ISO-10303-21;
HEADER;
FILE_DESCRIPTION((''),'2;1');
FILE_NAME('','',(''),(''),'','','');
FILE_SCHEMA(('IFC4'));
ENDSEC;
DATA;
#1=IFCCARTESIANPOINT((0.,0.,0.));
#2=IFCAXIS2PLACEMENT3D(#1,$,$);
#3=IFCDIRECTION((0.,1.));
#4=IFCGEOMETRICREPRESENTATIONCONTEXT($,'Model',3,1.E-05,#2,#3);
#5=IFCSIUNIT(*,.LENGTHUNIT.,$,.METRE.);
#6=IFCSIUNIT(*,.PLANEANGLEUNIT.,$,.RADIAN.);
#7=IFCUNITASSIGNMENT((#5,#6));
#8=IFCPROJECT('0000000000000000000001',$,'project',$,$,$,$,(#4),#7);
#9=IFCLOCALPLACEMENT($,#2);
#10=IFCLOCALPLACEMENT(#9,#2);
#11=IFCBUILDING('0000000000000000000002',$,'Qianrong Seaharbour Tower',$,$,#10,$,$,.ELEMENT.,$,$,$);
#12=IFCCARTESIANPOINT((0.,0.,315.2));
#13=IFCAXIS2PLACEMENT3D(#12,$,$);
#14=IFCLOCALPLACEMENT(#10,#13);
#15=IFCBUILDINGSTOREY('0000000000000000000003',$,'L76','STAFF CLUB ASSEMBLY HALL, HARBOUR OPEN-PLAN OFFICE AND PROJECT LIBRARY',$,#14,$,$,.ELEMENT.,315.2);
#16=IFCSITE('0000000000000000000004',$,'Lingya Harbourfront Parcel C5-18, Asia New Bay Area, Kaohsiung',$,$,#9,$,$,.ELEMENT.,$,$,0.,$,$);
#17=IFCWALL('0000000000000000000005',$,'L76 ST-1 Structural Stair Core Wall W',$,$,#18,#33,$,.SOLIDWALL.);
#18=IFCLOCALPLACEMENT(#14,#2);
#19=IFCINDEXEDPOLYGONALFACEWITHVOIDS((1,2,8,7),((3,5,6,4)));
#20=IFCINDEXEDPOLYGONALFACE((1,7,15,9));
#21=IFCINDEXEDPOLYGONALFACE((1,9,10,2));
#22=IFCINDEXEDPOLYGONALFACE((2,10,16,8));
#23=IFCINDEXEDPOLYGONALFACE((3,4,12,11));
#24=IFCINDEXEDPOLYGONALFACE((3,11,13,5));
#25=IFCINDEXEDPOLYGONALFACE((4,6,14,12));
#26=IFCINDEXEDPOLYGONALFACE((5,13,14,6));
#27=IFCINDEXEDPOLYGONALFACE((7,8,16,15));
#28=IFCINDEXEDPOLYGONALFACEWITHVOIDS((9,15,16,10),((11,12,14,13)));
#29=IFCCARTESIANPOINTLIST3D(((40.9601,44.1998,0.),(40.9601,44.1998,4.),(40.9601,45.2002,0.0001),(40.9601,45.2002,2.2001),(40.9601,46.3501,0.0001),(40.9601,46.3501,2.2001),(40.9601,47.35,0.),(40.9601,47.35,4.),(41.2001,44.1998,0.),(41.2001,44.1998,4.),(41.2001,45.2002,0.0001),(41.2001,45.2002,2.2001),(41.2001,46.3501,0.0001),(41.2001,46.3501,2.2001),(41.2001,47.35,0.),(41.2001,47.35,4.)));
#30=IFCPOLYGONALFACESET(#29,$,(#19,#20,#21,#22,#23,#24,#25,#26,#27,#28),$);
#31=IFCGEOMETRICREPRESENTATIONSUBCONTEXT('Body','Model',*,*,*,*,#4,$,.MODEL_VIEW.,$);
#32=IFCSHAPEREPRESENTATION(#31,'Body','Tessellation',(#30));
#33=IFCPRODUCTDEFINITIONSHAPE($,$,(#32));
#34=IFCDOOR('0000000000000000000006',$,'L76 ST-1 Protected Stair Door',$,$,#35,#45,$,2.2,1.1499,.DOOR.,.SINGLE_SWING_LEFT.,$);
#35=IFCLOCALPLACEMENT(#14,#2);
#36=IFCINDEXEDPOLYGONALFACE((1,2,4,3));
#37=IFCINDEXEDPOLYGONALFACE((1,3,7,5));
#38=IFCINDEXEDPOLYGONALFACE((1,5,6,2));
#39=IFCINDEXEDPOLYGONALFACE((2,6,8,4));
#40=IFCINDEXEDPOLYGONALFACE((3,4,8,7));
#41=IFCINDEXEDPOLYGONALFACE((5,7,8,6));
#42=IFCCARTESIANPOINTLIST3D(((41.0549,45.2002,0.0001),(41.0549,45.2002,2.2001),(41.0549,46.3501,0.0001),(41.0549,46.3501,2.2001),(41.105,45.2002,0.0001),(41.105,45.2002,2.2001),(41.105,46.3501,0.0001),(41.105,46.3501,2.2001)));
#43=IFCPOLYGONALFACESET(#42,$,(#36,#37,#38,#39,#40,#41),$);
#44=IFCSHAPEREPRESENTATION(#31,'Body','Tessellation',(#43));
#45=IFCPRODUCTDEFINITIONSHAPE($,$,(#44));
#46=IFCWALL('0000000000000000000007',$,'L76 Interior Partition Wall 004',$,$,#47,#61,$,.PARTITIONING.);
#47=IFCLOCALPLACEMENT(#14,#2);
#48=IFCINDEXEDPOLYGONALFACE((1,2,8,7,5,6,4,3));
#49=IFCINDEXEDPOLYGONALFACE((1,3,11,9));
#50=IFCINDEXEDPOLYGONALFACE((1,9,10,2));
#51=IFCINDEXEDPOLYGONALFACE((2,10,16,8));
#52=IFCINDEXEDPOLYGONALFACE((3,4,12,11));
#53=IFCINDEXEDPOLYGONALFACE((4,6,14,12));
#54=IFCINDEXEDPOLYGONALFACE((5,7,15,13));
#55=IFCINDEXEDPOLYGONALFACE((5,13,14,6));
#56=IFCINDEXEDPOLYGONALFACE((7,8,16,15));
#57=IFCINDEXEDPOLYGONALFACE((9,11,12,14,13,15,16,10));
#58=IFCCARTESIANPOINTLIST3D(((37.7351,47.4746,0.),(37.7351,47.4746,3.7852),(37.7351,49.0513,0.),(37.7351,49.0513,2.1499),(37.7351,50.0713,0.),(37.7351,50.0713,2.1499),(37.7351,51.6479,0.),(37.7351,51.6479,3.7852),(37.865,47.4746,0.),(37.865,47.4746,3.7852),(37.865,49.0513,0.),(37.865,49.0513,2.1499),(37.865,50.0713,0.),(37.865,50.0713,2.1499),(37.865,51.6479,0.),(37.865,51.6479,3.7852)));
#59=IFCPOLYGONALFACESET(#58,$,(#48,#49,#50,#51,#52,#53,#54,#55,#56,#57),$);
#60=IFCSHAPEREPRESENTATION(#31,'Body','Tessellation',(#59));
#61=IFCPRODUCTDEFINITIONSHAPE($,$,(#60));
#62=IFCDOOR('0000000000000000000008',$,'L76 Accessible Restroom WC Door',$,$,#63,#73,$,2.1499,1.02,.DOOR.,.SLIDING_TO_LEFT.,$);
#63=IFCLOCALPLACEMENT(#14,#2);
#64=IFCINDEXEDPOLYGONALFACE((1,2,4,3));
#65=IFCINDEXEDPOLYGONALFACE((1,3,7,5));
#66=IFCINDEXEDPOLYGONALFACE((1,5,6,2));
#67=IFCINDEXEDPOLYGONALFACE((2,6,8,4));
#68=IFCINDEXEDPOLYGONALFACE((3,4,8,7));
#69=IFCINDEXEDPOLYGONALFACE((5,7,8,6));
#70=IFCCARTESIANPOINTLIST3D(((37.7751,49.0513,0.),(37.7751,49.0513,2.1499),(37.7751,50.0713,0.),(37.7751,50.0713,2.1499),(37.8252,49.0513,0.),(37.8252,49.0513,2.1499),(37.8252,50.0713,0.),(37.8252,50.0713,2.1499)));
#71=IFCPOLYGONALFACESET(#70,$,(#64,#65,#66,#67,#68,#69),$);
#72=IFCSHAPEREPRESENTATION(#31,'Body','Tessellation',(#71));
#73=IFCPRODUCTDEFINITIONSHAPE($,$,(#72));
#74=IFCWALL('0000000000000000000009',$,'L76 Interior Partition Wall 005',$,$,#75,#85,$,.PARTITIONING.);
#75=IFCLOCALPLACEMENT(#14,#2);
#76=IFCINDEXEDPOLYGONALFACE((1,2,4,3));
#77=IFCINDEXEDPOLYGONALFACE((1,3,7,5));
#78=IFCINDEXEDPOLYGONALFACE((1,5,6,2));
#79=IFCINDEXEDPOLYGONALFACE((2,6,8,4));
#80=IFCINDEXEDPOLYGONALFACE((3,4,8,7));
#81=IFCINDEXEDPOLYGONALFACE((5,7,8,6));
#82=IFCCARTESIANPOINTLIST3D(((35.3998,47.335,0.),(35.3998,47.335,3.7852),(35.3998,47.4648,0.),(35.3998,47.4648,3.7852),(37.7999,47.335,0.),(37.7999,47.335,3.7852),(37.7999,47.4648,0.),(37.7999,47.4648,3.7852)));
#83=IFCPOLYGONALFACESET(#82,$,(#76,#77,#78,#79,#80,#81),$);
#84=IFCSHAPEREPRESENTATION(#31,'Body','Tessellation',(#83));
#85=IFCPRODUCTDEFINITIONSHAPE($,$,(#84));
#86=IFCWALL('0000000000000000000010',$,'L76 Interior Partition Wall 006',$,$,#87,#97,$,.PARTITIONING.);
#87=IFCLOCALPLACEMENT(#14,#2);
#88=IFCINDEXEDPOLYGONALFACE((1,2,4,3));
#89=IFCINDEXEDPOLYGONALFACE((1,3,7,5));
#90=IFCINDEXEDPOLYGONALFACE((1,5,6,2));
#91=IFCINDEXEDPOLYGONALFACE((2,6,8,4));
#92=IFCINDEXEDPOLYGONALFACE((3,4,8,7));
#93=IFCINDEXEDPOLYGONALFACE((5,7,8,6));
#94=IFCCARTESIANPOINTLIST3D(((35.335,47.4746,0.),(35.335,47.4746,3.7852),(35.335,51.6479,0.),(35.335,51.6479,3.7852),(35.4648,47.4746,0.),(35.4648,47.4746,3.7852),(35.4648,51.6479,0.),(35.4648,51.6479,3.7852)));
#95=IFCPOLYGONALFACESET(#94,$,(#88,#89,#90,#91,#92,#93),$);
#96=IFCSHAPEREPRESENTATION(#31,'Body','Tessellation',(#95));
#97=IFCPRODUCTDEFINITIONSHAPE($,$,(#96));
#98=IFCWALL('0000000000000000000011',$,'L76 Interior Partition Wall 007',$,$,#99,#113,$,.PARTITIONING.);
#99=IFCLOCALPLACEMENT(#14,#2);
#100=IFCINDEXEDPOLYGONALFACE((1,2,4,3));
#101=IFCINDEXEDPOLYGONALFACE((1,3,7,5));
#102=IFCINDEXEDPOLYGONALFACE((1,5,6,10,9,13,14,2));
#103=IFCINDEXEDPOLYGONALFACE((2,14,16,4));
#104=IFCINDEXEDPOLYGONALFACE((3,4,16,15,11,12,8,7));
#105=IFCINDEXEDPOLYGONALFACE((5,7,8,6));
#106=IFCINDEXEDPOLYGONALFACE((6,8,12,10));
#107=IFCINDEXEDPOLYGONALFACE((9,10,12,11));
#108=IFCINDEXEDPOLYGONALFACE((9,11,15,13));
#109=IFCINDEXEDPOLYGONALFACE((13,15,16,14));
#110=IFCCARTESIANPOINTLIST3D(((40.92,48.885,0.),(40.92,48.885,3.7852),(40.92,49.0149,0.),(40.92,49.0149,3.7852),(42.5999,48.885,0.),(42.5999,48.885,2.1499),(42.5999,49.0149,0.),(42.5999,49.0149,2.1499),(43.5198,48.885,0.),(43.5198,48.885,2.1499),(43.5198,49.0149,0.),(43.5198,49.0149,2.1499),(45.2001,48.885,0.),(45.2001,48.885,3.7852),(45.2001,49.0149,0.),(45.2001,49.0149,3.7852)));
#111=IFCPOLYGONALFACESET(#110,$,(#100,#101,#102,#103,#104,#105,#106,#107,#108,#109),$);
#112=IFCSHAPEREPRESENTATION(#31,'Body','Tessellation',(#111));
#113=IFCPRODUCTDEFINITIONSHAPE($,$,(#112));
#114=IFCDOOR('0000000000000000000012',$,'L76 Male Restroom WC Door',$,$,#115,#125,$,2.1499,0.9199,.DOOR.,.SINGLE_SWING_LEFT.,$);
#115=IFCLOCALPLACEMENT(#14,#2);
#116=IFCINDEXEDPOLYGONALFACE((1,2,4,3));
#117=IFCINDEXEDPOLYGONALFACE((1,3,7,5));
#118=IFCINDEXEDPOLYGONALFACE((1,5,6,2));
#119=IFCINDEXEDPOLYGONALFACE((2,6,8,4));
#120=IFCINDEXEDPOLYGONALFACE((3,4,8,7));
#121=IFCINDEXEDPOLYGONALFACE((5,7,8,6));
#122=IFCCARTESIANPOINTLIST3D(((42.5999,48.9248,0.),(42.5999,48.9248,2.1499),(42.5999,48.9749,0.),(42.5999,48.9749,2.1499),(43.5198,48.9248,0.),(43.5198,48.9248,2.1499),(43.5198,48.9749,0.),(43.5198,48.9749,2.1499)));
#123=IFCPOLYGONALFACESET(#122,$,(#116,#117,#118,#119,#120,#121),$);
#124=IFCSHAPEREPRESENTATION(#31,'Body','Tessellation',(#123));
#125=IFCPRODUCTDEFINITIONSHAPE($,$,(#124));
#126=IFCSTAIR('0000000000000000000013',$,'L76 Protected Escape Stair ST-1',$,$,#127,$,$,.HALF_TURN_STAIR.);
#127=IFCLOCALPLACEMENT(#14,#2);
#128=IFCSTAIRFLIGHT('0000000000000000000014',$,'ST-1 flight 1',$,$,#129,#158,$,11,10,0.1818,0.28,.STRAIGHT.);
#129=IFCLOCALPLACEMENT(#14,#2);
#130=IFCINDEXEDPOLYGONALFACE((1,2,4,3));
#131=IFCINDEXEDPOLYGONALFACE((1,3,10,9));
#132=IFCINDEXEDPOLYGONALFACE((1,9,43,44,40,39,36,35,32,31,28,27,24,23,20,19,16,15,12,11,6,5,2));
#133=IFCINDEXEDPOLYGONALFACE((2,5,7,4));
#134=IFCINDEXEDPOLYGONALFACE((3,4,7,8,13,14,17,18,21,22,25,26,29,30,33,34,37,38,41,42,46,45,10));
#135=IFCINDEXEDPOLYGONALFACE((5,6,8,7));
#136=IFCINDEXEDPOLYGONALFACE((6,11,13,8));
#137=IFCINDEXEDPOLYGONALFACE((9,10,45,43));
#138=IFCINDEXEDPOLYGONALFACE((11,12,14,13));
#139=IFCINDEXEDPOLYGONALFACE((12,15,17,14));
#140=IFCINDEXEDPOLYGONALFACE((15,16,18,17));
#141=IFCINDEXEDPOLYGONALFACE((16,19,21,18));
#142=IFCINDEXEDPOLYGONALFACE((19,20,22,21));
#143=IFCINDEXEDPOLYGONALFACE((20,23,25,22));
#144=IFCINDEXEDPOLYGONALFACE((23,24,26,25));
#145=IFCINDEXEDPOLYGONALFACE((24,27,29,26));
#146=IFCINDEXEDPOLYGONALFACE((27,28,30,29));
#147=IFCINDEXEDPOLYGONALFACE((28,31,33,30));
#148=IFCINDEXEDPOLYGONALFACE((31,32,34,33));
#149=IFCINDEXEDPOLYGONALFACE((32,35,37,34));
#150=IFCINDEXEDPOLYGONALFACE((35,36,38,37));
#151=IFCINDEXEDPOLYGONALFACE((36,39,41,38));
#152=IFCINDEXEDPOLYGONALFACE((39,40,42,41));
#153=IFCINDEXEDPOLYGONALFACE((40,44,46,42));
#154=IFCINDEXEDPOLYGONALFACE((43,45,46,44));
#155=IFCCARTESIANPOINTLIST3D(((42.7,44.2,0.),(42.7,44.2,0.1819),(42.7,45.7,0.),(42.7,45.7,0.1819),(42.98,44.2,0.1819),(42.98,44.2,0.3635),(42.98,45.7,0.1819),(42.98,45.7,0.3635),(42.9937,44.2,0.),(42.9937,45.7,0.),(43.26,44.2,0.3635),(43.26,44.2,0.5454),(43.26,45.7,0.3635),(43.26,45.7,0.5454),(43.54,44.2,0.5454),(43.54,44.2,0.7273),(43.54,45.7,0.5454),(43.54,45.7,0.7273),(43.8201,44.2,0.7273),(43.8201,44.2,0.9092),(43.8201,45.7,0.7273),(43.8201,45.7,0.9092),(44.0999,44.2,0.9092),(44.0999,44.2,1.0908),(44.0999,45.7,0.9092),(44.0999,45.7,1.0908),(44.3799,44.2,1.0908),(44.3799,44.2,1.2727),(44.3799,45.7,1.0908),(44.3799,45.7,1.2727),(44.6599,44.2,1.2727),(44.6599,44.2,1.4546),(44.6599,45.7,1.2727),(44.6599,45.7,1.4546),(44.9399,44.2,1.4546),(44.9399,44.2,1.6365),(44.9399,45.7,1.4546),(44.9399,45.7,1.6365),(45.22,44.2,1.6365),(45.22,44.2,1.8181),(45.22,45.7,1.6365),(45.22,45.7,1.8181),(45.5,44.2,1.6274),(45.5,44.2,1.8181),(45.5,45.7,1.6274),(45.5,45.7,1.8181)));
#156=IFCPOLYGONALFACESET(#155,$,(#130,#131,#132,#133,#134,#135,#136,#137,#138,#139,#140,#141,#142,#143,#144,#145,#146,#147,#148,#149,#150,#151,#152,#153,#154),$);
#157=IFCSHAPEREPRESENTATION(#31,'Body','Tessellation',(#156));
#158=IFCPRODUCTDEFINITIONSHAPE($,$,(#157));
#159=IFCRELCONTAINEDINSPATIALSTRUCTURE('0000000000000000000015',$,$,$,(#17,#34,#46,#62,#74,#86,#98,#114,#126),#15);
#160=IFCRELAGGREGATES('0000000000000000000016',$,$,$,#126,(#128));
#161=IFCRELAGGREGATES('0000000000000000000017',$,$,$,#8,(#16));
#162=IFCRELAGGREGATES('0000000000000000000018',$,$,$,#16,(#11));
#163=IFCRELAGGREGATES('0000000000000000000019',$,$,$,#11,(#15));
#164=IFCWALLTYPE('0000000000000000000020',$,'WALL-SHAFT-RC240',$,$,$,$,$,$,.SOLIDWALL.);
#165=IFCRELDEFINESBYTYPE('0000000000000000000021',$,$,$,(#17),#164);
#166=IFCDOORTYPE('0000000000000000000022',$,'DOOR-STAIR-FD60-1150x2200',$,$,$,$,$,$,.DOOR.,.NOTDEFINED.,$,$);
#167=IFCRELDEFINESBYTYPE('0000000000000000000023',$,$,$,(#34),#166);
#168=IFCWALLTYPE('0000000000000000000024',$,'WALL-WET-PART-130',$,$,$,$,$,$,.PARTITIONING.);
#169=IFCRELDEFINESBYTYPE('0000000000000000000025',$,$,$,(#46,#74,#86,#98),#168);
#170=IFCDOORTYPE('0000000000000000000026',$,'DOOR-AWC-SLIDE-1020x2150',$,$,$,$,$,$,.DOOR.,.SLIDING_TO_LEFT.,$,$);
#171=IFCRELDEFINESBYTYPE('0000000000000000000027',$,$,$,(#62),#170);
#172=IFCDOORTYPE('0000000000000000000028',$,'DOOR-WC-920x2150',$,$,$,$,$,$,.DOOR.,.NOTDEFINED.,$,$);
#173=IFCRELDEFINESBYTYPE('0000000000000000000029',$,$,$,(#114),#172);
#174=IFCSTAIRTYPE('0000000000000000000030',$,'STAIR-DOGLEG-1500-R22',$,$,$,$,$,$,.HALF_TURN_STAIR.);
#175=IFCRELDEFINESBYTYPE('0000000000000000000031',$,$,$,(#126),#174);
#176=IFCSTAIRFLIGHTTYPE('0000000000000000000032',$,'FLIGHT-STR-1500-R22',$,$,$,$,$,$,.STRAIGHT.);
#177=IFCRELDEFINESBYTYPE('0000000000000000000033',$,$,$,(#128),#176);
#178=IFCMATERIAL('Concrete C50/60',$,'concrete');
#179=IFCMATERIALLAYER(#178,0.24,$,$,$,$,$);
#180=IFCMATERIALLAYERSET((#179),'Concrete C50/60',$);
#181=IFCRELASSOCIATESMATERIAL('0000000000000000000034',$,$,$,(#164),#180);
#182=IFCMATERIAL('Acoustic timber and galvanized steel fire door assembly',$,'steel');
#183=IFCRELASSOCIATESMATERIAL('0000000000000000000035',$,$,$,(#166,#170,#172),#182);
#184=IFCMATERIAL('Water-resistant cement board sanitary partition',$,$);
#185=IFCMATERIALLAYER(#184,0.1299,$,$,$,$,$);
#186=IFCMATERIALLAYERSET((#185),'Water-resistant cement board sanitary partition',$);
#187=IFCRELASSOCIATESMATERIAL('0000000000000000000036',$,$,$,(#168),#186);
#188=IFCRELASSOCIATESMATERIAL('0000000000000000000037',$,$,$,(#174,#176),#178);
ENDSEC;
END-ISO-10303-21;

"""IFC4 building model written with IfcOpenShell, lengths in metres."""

from ifc_helpers import new_model, si_unit, direction, frame, frame_2d, origin, place, context, subcontext, project, spatial, polyline, rectangle, outline, extrude, material, layer, layer_set, type_object, element, fill, aggregate, save


model = new_model("IFC4")

# Units and contexts
model_context = context("Model", 3, precision=1e-05, world=origin(), true_north=direction((0.0, 1.0)))
body_context = subcontext(model_context, "Body", "Model", "MODEL_VIEW")
ifc_project = project(units=[si_unit("LENGTHUNIT", "METRE"), si_unit("PLANEANGLEUNIT", "RADIAN")], contexts=[model_context])

# Site, building, storey
site_placement = place(None, origin())
site = spatial("IfcSite", under=ifc_project, at=site_placement, Name="Lingya Harbourfront Parcel C5-18, Asia New Bay Area, Kaohsiung", CompositionType="ELEMENT", RefElevation=0.0)
building_placement = place(site_placement, origin())
building = spatial("IfcBuilding", under=site, at=building_placement, Name="Qianrong Seaharbour Tower", CompositionType="ELEMENT")
storey_placement = place(building_placement, frame((0.0, 0.0, 315.2)))
storey = spatial("IfcBuildingStorey", under=building, at=storey_placement, Name="L76", Description="STAFF CLUB ASSEMBLY HALL, HARBOUR OPEN-PLAN OFFICE AND PROJECT LIBRARY", CompositionType="ELEMENT", Elevation=315.2)

# Shared definitions
ifc_material_1 = material(Name="Concrete C50/60", Category="concrete")

# Shared definitions
ifc_material_2 = material(Name="Acoustic timber and galvanized steel fire door assembly", Category="steel")

# Shared definitions
ifc_layer_1 = layer(ifc_material_1, 0.24)
ifc_layer_set_1 = layer_set([ifc_layer_1], Name="Concrete C50/60")
wall_type_1 = type_object("IfcWallType", Name="WALL-SHAFT-RC240", PredefinedType="SOLIDWALL", material=ifc_layer_set_1)

# Walls, openings, doors
wall_1_placement = place(storey_placement, frame((41.0801, 47.3501, 0.0), z_axis=(0.0, 0.0, 1.0), x_axis=(0.0, -1.0, 0.0)))
wall_1 = element("IfcWall", 1, at=wall_1_placement, inside=storey, type_object=wall_type_1, Name="L76 ST-1 Structural Stair Core Wall W", PredefinedType="SOLIDWALL", context=body_context, shape_type="SweptSolid", body=[
    extrude(rectangle(XDim=3.1501, YDim=0.24, at=frame_2d((1.5752, 0.0))), origin(), (0.0, 0.0, 1.0), 4.0),
])
opening_1_placement = place(wall_1_placement, frame((1.0, 0.0, 0.0)))
opening_1 = element("IfcOpeningElement", 2, at=opening_1_placement, cuts=wall_1, PredefinedType="OPENING", context=body_context, shape_type="SweptSolid", body=[
    extrude(rectangle(XDim=1.1499, YDim=2.2, at=frame_2d((0.575, 1.1001))), frame((0.0, 0.1299, 0.0), z_axis=(0.0, -1.0, 0.0), x_axis=(1.0, 0.0, 0.0)), (0.0, 0.0, 1.0), 0.26),
])
door_type_1 = type_object("IfcDoorType", Name="DOOR-STAIR-FD60-1150x2200", OperationType="NOTDEFINED", PredefinedType="DOOR", material=ifc_material_2)
door_1_placement = place(opening_1_placement, origin())
door_1 = element("IfcDoor", 3, at=door_1_placement, inside=storey, type_object=door_type_1, Name="L76 ST-1 Protected Stair Door", OperationType="SINGLE_SWING_LEFT", OverallHeight=2.2, OverallWidth=1.1499, PredefinedType="DOOR", context=body_context, shape_type="SweptSolid", body=[
    extrude(rectangle(XDim=1.1499, YDim=2.2, at=frame_2d((0.575, 1.1001))), frame((0.0, 0.0249, 0.0), z_axis=(0.0, -1.0, 0.0), x_axis=(1.0, 0.0, 0.0)), (0.0, 0.0, 1.0), 0.05),
])
fill(opening_1, door_1)
ifc_material_3 = material(Name="Water-resistant cement board sanitary partition")
ifc_layer_2 = layer(ifc_material_3, 0.1299)
ifc_layer_set_2 = layer_set([ifc_layer_2], Name="Water-resistant cement board sanitary partition")
wall_type_2 = type_object("IfcWallType", Name="WALL-WET-PART-130", PredefinedType="PARTITIONING", material=ifc_layer_set_2)
wall_2_placement = place(storey_placement, frame((37.8, 47.4746, 0.0), z_axis=(0.0, 0.0, 1.0), x_axis=(0.0, 1.0, 0.0)))
wall_2 = element("IfcWall", 4, at=wall_2_placement, inside=storey, type_object=wall_type_2, Name="L76 Interior Partition Wall 004", PredefinedType="PARTITIONING", context=body_context, shape_type="SweptSolid", body=[
    extrude(rectangle(XDim=4.1733, YDim=0.1299, at=frame_2d((2.0867, 0.0))), origin(), (0.0, 0.0, 1.0), 3.7852),
])
opening_2_placement = place(wall_2_placement, frame((1.5767, 0.0, 0.0)))
opening_2 = element("IfcOpeningElement", 5, at=opening_2_placement, cuts=wall_2, PredefinedType="OPENING", context=body_context, shape_type="SweptSolid", body=[
    extrude(rectangle(XDim=1.02, YDim=2.1499, at=frame_2d((0.51, 1.075))), frame((0.0, 0.075, 0.0), z_axis=(0.0, -1.0, 0.0), x_axis=(1.0, 0.0, 0.0)), (0.0, 0.0, 1.0), 0.1499),
])
door_type_2 = type_object("IfcDoorType", Name="DOOR-AWC-SLIDE-1020x2150", OperationType="SLIDING_TO_LEFT", PredefinedType="DOOR", material=ifc_material_2)
door_2_placement = place(opening_2_placement, origin())
door_2 = element("IfcDoor", 6, at=door_2_placement, inside=storey, type_object=door_type_2, Name="L76 Accessible Restroom WC Door", OperationType="SLIDING_TO_LEFT", OverallHeight=2.1499, OverallWidth=1.02, PredefinedType="DOOR", context=body_context, shape_type="SweptSolid", body=[
    extrude(rectangle(XDim=1.02, YDim=2.1499, at=frame_2d((0.51, 1.075))), frame((0.0, 0.0249, 0.0), z_axis=(0.0, -1.0, 0.0), x_axis=(1.0, 0.0, 0.0)), (0.0, 0.0, 1.0), 0.05),
])
fill(opening_2, door_2)

# Walls
wall_3_placement = place(storey_placement, frame((37.8, 47.3999, 0.0), z_axis=(0.0, 0.0, 1.0), x_axis=(-1.0, 0.0, 0.0)))
element("IfcWall", 7, at=wall_3_placement, inside=storey, type_object=wall_type_2, Name="L76 Interior Partition Wall 005", PredefinedType="PARTITIONING", context=body_context, shape_type="SweptSolid", body=[
    extrude(rectangle(XDim=2.4001, YDim=0.1299, at=frame_2d((1.2002, 0.0))), origin(), (0.0, 0.0, 1.0), 3.7852),
])
wall_4_placement = place(storey_placement, frame((35.3999, 47.4746, 0.0), z_axis=(0.0, 0.0, 1.0), x_axis=(0.0, 1.0, 0.0)))
element("IfcWall", 8, at=wall_4_placement, inside=storey, type_object=wall_type_2, Name="L76 Interior Partition Wall 006", PredefinedType="PARTITIONING", context=body_context, shape_type="SweptSolid", body=[
    extrude(rectangle(XDim=4.1733, YDim=0.1299, at=frame_2d((2.0867, 0.0))), origin(), (0.0, 0.0, 1.0), 3.7852),
])

# Wall, opening, door
wall_5_placement = place(storey_placement, frame((40.9199, 48.95, 0.0), z_axis=(0.0, 0.0, 1.0), x_axis=(1.0, 0.0, 0.0)))
wall_5 = element("IfcWall", 9, at=wall_5_placement, inside=storey, type_object=wall_type_2, Name="L76 Interior Partition Wall 007", PredefinedType="PARTITIONING", context=body_context, shape_type="SweptSolid", body=[
    extrude(rectangle(XDim=4.28, YDim=0.1299, at=frame_2d((2.1401, 0.0))), origin(), (0.0, 0.0, 1.0), 3.7852),
])
opening_3_placement = place(wall_5_placement, frame((1.6799, 0.0, 0.0)))
opening_3 = element("IfcOpeningElement", 10, at=opening_3_placement, cuts=wall_5, PredefinedType="OPENING", context=body_context, shape_type="SweptSolid", body=[
    extrude(rectangle(XDim=0.9199, YDim=2.1499, at=frame_2d((0.46, 1.075))), frame((0.0, 0.075, 0.0), z_axis=(0.0, -1.0, 0.0), x_axis=(1.0, 0.0, 0.0)), (0.0, 0.0, 1.0), 0.1499),
])
door_type_3 = type_object("IfcDoorType", Name="DOOR-WC-920x2150", OperationType="NOTDEFINED", PredefinedType="DOOR", material=ifc_material_2)
door_3_placement = place(opening_3_placement, origin())
door_3 = element("IfcDoor", 11, at=door_3_placement, inside=storey, type_object=door_type_3, Name="L76 Male Restroom WC Door", OperationType="SINGLE_SWING_LEFT", OverallHeight=2.1499, OverallWidth=0.9199, PredefinedType="DOOR", context=body_context, shape_type="SweptSolid", body=[
    extrude(rectangle(XDim=0.9199, YDim=2.1499, at=frame_2d((0.46, 1.075))), frame((0.0, 0.0249, 0.0), z_axis=(0.0, -1.0, 0.0), x_axis=(1.0, 0.0, 0.0)), (0.0, 0.0, 1.0), 0.05),
])
fill(opening_3, door_3)

# Stair, stair flight
stair_type = type_object("IfcStairType", Name="STAIR-DOGLEG-1500-R22", PredefinedType="HALF_TURN_STAIR", material=ifc_material_1)
stair_placement = place(storey_placement, origin())
stair = element("IfcStair", 12, at=stair_placement, inside=storey, type_object=stair_type, Name="L76 Protected Escape Stair ST-1", PredefinedType="HALF_TURN_STAIR")
stair_flight_type = type_object("IfcStairFlightType", Name="FLIGHT-STR-1500-R22", PredefinedType="STRAIGHT", material=ifc_material_1)
stair_flight_placement = place(storey_placement, frame((42.7, 44.95, 0.0), z_axis=(0.0, 0.0, 1.0), x_axis=(1.0, 0.0, 0.0)))
stair_flight = element("IfcStairFlight", 13, at=stair_flight_placement, type_object=stair_flight_type, Name="ST-1 flight 1", NumberOfRisers=11, NumberOfTreads=10, PredefinedType="STRAIGHT", RiserHeight=0.1818, TreadLength=0.28, context=body_context, shape_type="SweptSolid", body=[
    extrude(outline(polyline([(0.0, 0.0), (0.0, 0.1819), (0.28, 0.1819), (0.28, 0.3635), (0.5601, 0.3635), (0.5601, 0.5454), (0.8401, 0.5454), (0.8401, 0.7273), (1.1201, 0.7273), (1.1201, 0.9092), (1.3999, 0.9092), (1.3999, 1.0908), (1.6799, 1.0908), (1.6799, 1.2727), (1.96, 1.2727), (1.96, 1.4546), (2.24, 1.4546), (2.24, 1.6365), (2.52, 1.6365), (2.52, 1.8181), (2.8, 1.8181), (2.8, 2.0), (2.8, 1.6274), (0.2937, 0.0), (0.0, 0.0)])), frame((0.0, 0.75, 0.0), z_axis=(0.0, -1.0, 0.0), x_axis=(1.0, 0.0, 0.0)), (0.0, 0.0, 1.0), 1.5),
])
aggregate(stair, [stair_flight])

save(model, "model.ifc")
